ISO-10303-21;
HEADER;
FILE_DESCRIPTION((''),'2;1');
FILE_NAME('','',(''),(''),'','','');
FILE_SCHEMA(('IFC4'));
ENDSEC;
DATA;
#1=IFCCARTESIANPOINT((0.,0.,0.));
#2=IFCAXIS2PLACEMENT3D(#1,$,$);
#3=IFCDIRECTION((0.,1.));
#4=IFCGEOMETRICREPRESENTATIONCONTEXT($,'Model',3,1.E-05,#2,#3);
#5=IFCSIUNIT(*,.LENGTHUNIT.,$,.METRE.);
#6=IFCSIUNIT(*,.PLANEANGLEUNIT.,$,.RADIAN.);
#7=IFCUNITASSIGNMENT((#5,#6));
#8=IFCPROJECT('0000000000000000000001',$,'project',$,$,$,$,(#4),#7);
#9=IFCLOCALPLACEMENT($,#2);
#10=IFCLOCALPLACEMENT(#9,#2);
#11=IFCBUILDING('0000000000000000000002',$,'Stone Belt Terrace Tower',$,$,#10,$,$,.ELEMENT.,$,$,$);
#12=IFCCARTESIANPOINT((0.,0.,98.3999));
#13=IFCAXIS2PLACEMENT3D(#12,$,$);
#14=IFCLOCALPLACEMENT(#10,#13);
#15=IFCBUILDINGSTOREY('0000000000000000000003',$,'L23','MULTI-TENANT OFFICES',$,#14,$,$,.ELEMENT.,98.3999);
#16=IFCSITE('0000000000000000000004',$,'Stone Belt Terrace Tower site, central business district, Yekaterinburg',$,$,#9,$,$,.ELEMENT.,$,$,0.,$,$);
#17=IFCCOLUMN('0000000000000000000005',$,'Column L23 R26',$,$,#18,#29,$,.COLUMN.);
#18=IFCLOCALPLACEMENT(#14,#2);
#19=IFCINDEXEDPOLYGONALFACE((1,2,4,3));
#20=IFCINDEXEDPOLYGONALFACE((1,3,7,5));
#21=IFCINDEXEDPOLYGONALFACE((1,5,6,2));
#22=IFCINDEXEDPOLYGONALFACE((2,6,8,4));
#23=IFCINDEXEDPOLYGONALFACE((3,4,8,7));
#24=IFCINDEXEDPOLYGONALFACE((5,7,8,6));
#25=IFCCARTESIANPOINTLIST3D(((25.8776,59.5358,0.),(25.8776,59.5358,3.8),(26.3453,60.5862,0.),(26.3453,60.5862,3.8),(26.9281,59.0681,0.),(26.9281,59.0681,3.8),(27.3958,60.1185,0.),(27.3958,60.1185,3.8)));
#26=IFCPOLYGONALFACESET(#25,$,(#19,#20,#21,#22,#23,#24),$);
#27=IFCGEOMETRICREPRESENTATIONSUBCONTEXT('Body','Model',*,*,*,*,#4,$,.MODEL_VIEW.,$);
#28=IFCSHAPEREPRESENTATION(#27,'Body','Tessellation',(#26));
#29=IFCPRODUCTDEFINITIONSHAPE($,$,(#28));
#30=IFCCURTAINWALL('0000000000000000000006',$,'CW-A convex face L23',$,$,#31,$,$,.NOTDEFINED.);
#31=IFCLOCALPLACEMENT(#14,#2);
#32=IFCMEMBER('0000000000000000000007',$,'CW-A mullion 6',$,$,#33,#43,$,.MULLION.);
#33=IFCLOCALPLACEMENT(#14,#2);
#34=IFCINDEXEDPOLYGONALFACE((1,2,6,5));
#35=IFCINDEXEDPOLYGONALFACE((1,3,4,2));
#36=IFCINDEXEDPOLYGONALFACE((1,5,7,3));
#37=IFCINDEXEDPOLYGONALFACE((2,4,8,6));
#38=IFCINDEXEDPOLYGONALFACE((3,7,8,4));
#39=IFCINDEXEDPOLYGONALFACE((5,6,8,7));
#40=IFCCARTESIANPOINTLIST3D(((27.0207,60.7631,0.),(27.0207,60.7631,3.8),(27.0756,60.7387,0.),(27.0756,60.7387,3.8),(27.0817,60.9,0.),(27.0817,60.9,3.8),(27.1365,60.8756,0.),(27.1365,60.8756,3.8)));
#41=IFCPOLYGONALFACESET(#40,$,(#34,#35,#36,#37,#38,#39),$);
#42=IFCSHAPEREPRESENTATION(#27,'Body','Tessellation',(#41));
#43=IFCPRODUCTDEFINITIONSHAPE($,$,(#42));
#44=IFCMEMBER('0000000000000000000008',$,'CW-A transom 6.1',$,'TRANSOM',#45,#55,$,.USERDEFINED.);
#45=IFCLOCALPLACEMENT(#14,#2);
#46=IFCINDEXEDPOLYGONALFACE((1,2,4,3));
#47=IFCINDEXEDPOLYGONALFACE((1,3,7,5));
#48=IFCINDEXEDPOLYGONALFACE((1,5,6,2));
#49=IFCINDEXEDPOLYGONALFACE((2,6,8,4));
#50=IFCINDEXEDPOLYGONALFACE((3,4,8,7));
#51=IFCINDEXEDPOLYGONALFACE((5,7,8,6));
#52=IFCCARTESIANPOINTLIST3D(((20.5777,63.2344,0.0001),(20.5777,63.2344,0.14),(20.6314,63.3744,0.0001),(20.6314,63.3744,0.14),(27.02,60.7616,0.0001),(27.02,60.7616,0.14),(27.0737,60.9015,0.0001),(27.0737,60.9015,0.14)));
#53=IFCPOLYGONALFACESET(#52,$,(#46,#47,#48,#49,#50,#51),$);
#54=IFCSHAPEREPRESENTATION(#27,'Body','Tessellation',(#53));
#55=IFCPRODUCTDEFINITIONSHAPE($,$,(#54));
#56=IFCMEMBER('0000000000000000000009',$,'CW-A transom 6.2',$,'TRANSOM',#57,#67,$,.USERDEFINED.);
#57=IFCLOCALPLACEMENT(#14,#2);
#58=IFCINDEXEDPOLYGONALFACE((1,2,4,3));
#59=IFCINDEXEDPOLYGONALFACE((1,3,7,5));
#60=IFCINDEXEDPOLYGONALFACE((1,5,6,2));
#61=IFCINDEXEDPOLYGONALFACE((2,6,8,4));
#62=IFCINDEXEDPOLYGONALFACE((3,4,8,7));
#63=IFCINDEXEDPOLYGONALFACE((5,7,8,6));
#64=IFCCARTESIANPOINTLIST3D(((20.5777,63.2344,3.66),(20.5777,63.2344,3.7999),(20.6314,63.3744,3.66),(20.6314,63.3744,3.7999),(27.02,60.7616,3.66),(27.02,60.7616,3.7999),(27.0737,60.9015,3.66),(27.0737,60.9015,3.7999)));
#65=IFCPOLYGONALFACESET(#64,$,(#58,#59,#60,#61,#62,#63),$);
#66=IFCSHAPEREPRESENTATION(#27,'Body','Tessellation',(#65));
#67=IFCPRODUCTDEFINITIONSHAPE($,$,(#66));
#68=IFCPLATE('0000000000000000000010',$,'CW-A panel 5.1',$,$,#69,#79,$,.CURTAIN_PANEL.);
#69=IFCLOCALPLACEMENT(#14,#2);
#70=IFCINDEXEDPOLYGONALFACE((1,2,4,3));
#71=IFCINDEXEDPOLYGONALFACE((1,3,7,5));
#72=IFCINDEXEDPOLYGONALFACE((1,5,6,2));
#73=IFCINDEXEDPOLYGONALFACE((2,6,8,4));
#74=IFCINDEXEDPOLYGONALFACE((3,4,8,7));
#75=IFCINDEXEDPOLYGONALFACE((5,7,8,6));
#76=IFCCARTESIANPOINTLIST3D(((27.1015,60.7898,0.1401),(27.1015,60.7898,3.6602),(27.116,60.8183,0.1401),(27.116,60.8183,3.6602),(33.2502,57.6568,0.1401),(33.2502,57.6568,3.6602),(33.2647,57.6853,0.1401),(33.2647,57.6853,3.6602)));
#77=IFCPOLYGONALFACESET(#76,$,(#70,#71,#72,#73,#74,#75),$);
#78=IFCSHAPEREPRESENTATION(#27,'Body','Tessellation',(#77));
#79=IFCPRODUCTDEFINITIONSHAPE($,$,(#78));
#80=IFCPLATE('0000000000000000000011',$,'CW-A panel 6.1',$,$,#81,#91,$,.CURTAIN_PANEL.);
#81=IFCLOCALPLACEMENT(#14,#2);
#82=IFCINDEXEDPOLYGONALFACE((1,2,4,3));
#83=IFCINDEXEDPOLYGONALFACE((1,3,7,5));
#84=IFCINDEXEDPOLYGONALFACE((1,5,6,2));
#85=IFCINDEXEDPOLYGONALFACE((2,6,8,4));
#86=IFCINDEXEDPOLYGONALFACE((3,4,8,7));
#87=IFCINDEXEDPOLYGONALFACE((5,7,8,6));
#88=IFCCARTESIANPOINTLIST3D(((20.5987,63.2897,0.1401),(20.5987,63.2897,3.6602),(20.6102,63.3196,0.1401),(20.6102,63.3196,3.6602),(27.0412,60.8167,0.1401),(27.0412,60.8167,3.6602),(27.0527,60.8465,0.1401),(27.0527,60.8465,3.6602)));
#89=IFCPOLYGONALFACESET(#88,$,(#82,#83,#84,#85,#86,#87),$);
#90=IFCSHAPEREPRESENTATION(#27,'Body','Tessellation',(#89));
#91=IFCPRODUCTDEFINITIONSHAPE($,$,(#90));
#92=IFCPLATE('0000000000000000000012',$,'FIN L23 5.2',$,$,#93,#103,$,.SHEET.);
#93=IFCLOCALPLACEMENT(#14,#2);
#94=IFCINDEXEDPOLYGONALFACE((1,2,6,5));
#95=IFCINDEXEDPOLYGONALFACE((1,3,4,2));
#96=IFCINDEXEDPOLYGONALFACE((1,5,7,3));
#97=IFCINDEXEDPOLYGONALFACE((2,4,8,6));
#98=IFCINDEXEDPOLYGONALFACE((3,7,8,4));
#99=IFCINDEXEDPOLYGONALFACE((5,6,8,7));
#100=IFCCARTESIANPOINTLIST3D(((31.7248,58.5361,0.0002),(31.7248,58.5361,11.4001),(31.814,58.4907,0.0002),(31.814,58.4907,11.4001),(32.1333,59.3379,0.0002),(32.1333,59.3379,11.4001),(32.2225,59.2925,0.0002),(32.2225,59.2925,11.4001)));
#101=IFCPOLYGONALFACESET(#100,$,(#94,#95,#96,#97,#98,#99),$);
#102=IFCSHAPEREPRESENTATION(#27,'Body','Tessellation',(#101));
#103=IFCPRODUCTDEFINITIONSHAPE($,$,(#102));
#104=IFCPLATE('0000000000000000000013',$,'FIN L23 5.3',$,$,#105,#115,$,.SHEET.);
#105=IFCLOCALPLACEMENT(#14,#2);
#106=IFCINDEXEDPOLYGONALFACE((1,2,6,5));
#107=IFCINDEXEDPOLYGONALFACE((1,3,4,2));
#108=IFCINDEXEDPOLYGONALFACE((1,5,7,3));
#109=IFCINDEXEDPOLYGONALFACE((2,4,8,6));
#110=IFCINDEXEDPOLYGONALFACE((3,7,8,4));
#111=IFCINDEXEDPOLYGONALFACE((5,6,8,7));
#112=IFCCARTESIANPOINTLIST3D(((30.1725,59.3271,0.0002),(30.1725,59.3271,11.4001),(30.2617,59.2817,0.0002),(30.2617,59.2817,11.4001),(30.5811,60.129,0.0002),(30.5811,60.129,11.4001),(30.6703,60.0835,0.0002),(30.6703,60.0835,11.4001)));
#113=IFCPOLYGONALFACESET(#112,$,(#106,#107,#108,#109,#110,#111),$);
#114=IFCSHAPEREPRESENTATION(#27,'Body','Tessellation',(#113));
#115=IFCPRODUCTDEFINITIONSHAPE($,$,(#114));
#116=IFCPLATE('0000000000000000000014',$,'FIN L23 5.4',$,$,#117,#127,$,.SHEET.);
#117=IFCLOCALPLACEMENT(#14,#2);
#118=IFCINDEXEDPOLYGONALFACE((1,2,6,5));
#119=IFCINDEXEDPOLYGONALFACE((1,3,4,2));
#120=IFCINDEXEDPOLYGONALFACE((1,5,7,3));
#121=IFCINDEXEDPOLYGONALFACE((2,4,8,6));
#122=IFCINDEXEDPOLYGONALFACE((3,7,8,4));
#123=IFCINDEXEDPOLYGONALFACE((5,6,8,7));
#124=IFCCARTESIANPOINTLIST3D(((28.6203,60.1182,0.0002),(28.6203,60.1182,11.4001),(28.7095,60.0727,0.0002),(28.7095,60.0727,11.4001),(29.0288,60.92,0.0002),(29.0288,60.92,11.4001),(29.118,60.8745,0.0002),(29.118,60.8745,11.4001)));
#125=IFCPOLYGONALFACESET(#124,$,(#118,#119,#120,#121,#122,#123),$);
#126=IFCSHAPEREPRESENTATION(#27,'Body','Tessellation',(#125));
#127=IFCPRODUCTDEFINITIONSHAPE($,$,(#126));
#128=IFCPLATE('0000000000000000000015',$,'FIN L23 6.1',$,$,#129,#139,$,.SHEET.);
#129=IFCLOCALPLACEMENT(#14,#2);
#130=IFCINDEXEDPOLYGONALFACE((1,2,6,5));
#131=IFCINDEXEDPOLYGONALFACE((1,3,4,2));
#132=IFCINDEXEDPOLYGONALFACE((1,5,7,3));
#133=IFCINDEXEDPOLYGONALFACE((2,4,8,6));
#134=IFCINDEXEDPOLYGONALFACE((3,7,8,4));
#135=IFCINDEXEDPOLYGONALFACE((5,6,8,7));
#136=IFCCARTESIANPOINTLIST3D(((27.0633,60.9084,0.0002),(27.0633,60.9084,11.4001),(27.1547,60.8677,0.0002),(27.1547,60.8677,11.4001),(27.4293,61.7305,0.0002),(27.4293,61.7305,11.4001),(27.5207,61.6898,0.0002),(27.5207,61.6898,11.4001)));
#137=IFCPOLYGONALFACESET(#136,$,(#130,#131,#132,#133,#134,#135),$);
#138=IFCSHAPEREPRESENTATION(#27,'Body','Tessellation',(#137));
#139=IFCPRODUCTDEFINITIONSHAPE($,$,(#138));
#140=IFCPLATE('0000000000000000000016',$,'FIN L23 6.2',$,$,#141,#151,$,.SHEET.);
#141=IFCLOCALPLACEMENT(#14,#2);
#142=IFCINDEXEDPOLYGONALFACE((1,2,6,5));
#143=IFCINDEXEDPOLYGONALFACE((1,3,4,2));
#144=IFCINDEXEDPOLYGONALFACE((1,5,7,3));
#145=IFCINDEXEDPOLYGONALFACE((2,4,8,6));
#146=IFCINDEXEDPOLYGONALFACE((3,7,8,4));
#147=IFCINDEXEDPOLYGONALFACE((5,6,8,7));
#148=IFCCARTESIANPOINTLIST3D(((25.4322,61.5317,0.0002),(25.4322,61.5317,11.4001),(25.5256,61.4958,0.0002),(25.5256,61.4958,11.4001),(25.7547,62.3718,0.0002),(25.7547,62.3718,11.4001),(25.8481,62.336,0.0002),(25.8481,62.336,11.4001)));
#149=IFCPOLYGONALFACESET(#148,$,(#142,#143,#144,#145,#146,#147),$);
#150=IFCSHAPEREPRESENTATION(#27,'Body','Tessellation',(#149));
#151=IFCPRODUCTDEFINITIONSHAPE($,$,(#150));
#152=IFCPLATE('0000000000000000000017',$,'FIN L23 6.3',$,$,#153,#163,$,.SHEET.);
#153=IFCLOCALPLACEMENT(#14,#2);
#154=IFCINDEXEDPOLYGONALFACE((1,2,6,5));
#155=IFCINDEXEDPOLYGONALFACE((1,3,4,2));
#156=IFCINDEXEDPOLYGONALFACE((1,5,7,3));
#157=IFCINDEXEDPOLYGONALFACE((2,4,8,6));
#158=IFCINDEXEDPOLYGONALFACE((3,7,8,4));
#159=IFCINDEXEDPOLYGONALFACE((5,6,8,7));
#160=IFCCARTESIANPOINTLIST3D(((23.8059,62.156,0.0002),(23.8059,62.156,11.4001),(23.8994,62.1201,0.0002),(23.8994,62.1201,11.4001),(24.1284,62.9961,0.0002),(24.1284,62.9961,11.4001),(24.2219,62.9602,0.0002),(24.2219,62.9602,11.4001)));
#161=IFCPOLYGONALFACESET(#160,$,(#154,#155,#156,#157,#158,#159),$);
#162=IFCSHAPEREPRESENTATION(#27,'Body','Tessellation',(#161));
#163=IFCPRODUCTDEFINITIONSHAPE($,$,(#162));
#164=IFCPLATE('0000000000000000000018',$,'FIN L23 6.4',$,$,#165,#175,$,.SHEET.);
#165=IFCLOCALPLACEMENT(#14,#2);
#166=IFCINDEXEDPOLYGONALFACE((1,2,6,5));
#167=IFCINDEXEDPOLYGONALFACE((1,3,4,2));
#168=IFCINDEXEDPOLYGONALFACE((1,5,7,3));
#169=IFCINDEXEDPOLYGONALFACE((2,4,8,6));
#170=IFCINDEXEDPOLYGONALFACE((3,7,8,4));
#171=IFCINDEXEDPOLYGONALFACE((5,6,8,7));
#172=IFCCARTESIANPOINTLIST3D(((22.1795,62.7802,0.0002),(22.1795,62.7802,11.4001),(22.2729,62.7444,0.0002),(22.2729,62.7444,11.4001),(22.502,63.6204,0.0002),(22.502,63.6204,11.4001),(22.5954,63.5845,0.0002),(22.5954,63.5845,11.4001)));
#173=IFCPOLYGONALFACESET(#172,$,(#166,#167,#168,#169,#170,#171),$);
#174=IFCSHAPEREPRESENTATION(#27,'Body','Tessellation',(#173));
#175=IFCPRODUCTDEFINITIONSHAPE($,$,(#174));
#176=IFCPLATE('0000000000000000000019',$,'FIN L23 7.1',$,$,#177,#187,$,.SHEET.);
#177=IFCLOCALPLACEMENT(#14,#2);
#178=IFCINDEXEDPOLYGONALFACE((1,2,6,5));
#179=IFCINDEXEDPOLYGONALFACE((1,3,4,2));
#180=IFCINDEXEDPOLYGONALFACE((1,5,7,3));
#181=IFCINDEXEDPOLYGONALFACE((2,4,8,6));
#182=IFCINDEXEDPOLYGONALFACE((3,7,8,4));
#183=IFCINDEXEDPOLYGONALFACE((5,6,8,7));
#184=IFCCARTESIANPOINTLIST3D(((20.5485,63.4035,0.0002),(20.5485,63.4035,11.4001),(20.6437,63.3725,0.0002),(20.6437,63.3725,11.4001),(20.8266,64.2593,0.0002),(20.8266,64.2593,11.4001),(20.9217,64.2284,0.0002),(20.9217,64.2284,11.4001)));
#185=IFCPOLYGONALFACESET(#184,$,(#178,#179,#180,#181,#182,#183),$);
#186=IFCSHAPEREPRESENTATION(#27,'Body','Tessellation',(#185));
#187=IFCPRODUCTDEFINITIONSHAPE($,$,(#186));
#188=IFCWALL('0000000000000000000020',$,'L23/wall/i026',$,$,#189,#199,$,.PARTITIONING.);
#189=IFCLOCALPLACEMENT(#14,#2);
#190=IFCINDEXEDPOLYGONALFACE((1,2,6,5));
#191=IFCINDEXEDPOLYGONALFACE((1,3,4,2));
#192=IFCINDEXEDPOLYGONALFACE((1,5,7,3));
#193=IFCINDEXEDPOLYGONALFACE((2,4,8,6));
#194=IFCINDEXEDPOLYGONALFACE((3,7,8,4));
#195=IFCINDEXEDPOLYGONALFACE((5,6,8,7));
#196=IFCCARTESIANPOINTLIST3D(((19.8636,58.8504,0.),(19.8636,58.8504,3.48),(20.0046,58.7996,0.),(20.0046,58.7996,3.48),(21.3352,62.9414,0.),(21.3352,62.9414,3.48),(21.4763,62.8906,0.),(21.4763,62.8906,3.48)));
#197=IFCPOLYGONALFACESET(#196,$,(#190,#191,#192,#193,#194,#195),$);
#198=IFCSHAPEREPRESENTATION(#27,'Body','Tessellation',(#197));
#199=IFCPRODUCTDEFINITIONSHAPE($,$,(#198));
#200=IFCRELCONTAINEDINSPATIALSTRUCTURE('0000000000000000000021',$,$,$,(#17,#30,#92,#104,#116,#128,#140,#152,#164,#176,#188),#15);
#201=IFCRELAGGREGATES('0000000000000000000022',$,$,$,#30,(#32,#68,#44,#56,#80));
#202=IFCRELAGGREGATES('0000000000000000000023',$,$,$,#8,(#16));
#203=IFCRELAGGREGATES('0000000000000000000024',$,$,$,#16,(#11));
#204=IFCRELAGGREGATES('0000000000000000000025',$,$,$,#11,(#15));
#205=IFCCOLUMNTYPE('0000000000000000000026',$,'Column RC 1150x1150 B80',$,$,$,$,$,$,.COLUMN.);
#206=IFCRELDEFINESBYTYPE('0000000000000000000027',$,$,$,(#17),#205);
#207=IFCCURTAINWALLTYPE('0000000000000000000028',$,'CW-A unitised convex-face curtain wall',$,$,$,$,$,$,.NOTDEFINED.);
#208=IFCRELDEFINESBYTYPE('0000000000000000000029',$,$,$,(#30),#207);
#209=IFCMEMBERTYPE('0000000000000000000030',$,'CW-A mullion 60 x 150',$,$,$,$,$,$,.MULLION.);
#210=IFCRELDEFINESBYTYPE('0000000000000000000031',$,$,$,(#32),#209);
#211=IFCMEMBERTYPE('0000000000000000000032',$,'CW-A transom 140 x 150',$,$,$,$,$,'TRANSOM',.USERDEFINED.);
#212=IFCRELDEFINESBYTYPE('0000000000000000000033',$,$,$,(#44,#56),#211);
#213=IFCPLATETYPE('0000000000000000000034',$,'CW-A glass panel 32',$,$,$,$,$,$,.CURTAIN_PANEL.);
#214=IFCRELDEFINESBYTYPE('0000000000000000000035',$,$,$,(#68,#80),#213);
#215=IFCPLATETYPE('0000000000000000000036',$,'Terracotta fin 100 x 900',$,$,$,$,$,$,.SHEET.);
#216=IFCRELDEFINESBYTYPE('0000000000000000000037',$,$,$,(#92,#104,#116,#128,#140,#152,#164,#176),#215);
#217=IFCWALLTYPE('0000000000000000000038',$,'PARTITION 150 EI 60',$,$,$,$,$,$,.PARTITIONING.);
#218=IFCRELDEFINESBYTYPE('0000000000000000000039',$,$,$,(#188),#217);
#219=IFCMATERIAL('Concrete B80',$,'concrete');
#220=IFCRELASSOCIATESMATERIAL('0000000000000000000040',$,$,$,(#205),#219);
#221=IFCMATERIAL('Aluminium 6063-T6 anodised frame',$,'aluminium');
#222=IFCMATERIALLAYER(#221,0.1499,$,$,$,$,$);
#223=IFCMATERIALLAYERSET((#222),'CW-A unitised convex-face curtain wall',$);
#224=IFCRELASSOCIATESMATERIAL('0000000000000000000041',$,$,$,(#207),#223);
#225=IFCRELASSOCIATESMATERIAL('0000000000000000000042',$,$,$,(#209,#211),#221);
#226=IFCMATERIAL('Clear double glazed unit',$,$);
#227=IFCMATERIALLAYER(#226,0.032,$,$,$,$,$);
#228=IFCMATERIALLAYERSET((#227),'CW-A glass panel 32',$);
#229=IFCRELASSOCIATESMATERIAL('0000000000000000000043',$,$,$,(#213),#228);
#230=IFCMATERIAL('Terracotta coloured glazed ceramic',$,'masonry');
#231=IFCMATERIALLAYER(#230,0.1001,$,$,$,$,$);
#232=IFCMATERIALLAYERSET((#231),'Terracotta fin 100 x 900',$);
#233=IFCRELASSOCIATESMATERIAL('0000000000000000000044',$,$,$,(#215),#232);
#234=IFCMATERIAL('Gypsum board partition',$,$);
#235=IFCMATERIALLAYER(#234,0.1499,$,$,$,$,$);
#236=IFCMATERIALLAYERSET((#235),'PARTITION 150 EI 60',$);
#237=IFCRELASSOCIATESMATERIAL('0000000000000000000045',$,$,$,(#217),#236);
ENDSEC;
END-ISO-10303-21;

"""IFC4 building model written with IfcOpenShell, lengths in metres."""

from ifc_helpers import new_model, si_unit, direction, frame, frame_2d, origin, origin_2d, place, context, subcontext, project, spatial, rectangle, extrude, material, layer, layer_set, material_profile, profile_set, type_object, element, aggregate, save


model = new_model("IFC4")

# Units and contexts
model_context = context("Model", 3, precision=1e-05, world=origin(), true_north=direction((0.0, 1.0)))
body_context = subcontext(model_context, "Body", "Model", "MODEL_VIEW")
ifc_project = project(units=[si_unit("LENGTHUNIT", "METRE"), si_unit("PLANEANGLEUNIT", "RADIAN")], contexts=[model_context])

# Site, building, storey
site_placement = place(None, origin())
site = spatial("IfcSite", under=ifc_project, at=site_placement, Name="Stone Belt Terrace Tower site, central business district, Yekaterinburg", CompositionType="ELEMENT", RefElevation=0.0)
building_placement = place(site_placement, origin())
building = spatial("IfcBuilding", under=site, at=building_placement, Name="Stone Belt Terrace Tower", CompositionType="ELEMENT")
storey_placement = place(building_placement, frame((0.0, 0.0, 98.3999)))
storey = spatial("IfcBuildingStorey", under=building, at=storey_placement, Name="L23", Description="MULTI-TENANT OFFICES", CompositionType="ELEMENT", Elevation=98.3999)

# Column
ifc_material_1 = material(Name="Concrete B80", Category="concrete")
ifc_material_profile_1 = material_profile(ifc_material_1, rectangle(XDim=1.1499, YDim=1.1499, at=origin_2d()), Name="RC 1150x1150")
ifc_profile_set_1 = profile_set([ifc_material_profile_1], Name="Concrete B80")
column_type = type_object("IfcColumnType", Name="Column RC 1150x1150 B80", PredefinedType="COLUMN", material=ifc_profile_set_1)
column_placement = place(storey_placement, frame((26.6367, 59.8271, 0.0), z_axis=(0.0, 0.0, 1.0), x_axis=(0.913545, -0.406737, 0.0)))
element("IfcColumn", 1, at=column_placement, inside=storey, type_object=column_type, Name="Column L23 R26", PredefinedType="COLUMN", context=body_context, shape_type="SweptSolid", body=[
    extrude(rectangle(XDim=1.1499, YDim=1.1499, at=origin_2d()), origin(), (0.0, 0.0, 1.0), 3.8),
])

# Curtain wall, members, plates
ifc_material_2 = material(Name="Aluminium 6063-T6 anodised frame", Category="aluminium")
ifc_layer_1 = layer(ifc_material_2, 0.1499)
ifc_layer_set_1 = layer_set([ifc_layer_1], Name="CW-A unitised convex-face curtain wall")
curtain_wall_type = type_object("IfcCurtainWallType", Name="CW-A unitised convex-face curtain wall", PredefinedType="NOTDEFINED", material=ifc_layer_set_1)
curtain_wall_placement = place(storey_placement, origin())
curtain_wall = element("IfcCurtainWall", 2, at=curtain_wall_placement, inside=storey, type_object=curtain_wall_type, Name="CW-A convex face L23", PredefinedType="NOTDEFINED")
ifc_material_profile_2 = material_profile(ifc_material_2, rectangle(XDim=0.1499, YDim=0.0601, at=origin_2d()), Name="Aluminium 6063-T6 60x150")
ifc_profile_set_2 = profile_set([ifc_material_profile_2], Name="Aluminium 6063-T6 anodised frame")
member_type_1 = type_object("IfcMemberType", Name="CW-A mullion 60 x 150", PredefinedType="MULLION", material=ifc_profile_set_2)
member_1_placement = place(storey_placement, frame((27.0786, 60.8193, 0.0), z_axis=(0.0, 0.0, 1.0), x_axis=(-0.406737, -0.913545, 0.0)))
member_1 = element("IfcMember", 3, at=member_1_placement, type_object=member_type_1, Name="CW-A mullion 6", PredefinedType="MULLION", context=body_context, shape_type="SweptSolid", body=[
    extrude(rectangle(XDim=0.1499, YDim=0.0601, at=origin_2d()), origin(), (0.0, 0.0, 1.0), 3.8),
])
ifc_material_profile_3 = material_profile(ifc_material_2, rectangle(XDim=0.1499, YDim=0.1399, at=origin_2d()), Name="Aluminium 6063-T6 150x140")
ifc_profile_set_3 = profile_set([ifc_material_profile_3], Name="Aluminium 6063-T6 anodised frame")
member_type_2 = type_object("IfcMemberType", Name="CW-A transom 140 x 150", ElementType="TRANSOM", PredefinedType="USERDEFINED", material=ifc_profile_set_3)
member_2_placement = place(storey_placement, frame((27.0469, 60.8315, 0.0701), z_axis=(-0.933585, 0.358355, 0.0), x_axis=(-0.358355, -0.933585, 0.0)))
member_2 = element("IfcMember", 4, at=member_2_placement, type_object=member_type_2, Name="CW-A transom 6.1", ObjectType="TRANSOM", PredefinedType="USERDEFINED", context=body_context, shape_type="SweptSolid", body=[
    extrude(rectangle(XDim=0.1499, YDim=0.1399, at=origin_2d()), origin(), (0.0, 0.0, 1.0), 6.9006),
])
member_3_placement = place(storey_placement, frame((27.0469, 60.8315, 3.73), z_axis=(-0.933585, 0.358355, 0.0), x_axis=(-0.358355, -0.933585, 0.0)))
member_3 = element("IfcMember", 5, at=member_3_placement, type_object=member_type_2, Name="CW-A transom 6.2", ObjectType="TRANSOM", PredefinedType="USERDEFINED", context=body_context, shape_type="SweptSolid", body=[
    extrude(rectangle(XDim=0.1499, YDim=0.1399, at=origin_2d()), origin(), (0.0, 0.0, 1.0), 6.9006),
])
ifc_material_3 = material(Name="Clear double glazed unit")
ifc_layer_2 = layer(ifc_material_3, 0.032)
ifc_layer_set_2 = layer_set([ifc_layer_2], Name="CW-A glass panel 32")
plate_type_1 = type_object("IfcPlateType", Name="CW-A glass panel 32", PredefinedType="CURTAIN_PANEL", material=ifc_layer_set_2)
plate_1_placement = place(storey_placement, frame((30.1831, 59.2375, 0.1401), z_axis=(0.0, 0.0, 1.0), x_axis=(-0.891007, 0.45399, 0.0)))
plate_1 = element("IfcPlate", 6, at=plate_1_placement, type_object=plate_type_1, Name="CW-A panel 5.1", PredefinedType="CURTAIN_PANEL", context=body_context, shape_type="SweptSolid", body=[
    extrude(rectangle(XDim=6.9009, YDim=0.032, at=origin_2d()), origin(), (0.0, 0.0, 1.0), 3.52),
])
plate_2_placement = place(storey_placement, frame((23.8257, 62.0681, 0.1401), z_axis=(0.0, 0.0, 1.0), x_axis=(-0.93358, 0.358368, 0.0)))
plate_2 = element("IfcPlate", 7, at=plate_2_placement, type_object=plate_type_1, Name="CW-A panel 6.1", PredefinedType="CURTAIN_PANEL", context=body_context, shape_type="SweptSolid", body=[
    extrude(rectangle(XDim=6.9009, YDim=0.032, at=origin_2d()), origin(), (0.0, 0.0, 1.0), 3.52),
])
aggregate(curtain_wall, [member_1, plate_1, member_2, member_3, plate_2])

# Plates
ifc_material_4 = material(Name="Terracotta coloured glazed ceramic", Category="masonry")
ifc_layer_3 = layer(ifc_material_4, 0.1001)
ifc_layer_set_3 = layer_set([ifc_layer_3], Name="Terracotta fin 100 x 900")
plate_type_2 = type_object("IfcPlateType", Name="Terracotta fin 100 x 900", PredefinedType="SHEET", material=ifc_layer_set_3)
for number, where, z_axis, x_axis, name in (
    (8, (31.9736, 58.9143, 0.0002), (0.0, 0.0, 1.0), (0.45399, 0.891007, 0.0), "FIN L23 5.2"),
    (9, (30.4214, 59.7053, 0.0002), (0.0, 0.0, 1.0), (0.45399, 0.891007, 0.0), "FIN L23 5.3"),
    (10, (28.8691, 60.4963, 0.0002), (0.0, 0.0, 1.0), (0.45399, 0.891007, 0.0), "FIN L23 5.4"),
    (11, (27.292, 61.2991, 0.0002), (0.0, 0.0, 1.0), (0.406737, 0.913545, 0.0), "FIN L23 6.1"),
    (12, (25.6401, 61.9338, 0.0002), (0.0, 0.0, 1.0), (0.358368, 0.93358, 0.0), "FIN L23 6.2"),
    (13, (24.0139, 62.5581, 0.0002), (0.0, 0.0, 1.0), (0.358368, 0.93358, 0.0), "FIN L23 6.3"),
    (14, (22.3875, 63.1824, 0.0002), (0.0, 0.0, 1.0), (0.358368, 0.93358, 0.0), "FIN L23 6.4"),
    (15, (20.7351, 63.8159, 0.0002), (0.0, 0.0, 1.0), (0.309017, 0.951057, 0.0), "FIN L23 7.1"),
):
    element("IfcPlate", number, at=place(storey_placement, frame(where, z_axis=z_axis, x_axis=x_axis)), inside=storey, type_object=plate_type_2, Name=name, PredefinedType="SHEET", context=body_context, shape_type="SweptSolid", body=[
        extrude(rectangle(XDim=0.8999, YDim=0.1001, at=origin_2d()), origin(), (0.0, 0.0, 1.0), 11.3999),
    ])

# Wall
ifc_material_5 = material(Name="Gypsum board partition")
ifc_layer_4 = layer(ifc_material_5, 0.1499)
ifc_layer_set_4 = layer_set([ifc_layer_4], Name="PARTITION 150 EI 60")
wall_type = type_object("IfcWallType", Name="PARTITION 150 EI 60", PredefinedType="PARTITIONING", material=ifc_layer_set_4)
wall_placement = place(storey_placement, frame((21.4058, 62.916, 0.0), z_axis=(0.0, 0.0, 1.0), x_axis=(-0.338495, -0.940968, 0.0)))
element("IfcWall", 16, at=wall_placement, inside=storey, type_object=wall_type, Name="L23/wall/i026", PredefinedType="PARTITIONING", context=body_context, shape_type="SweptSolid", body=[
    extrude(rectangle(XDim=4.3477, YDim=0.1499, at=frame_2d((2.1738, 0.0))), origin(), (0.0, 0.0, 1.0), 3.48),
])

save(model, "model.ifc")
